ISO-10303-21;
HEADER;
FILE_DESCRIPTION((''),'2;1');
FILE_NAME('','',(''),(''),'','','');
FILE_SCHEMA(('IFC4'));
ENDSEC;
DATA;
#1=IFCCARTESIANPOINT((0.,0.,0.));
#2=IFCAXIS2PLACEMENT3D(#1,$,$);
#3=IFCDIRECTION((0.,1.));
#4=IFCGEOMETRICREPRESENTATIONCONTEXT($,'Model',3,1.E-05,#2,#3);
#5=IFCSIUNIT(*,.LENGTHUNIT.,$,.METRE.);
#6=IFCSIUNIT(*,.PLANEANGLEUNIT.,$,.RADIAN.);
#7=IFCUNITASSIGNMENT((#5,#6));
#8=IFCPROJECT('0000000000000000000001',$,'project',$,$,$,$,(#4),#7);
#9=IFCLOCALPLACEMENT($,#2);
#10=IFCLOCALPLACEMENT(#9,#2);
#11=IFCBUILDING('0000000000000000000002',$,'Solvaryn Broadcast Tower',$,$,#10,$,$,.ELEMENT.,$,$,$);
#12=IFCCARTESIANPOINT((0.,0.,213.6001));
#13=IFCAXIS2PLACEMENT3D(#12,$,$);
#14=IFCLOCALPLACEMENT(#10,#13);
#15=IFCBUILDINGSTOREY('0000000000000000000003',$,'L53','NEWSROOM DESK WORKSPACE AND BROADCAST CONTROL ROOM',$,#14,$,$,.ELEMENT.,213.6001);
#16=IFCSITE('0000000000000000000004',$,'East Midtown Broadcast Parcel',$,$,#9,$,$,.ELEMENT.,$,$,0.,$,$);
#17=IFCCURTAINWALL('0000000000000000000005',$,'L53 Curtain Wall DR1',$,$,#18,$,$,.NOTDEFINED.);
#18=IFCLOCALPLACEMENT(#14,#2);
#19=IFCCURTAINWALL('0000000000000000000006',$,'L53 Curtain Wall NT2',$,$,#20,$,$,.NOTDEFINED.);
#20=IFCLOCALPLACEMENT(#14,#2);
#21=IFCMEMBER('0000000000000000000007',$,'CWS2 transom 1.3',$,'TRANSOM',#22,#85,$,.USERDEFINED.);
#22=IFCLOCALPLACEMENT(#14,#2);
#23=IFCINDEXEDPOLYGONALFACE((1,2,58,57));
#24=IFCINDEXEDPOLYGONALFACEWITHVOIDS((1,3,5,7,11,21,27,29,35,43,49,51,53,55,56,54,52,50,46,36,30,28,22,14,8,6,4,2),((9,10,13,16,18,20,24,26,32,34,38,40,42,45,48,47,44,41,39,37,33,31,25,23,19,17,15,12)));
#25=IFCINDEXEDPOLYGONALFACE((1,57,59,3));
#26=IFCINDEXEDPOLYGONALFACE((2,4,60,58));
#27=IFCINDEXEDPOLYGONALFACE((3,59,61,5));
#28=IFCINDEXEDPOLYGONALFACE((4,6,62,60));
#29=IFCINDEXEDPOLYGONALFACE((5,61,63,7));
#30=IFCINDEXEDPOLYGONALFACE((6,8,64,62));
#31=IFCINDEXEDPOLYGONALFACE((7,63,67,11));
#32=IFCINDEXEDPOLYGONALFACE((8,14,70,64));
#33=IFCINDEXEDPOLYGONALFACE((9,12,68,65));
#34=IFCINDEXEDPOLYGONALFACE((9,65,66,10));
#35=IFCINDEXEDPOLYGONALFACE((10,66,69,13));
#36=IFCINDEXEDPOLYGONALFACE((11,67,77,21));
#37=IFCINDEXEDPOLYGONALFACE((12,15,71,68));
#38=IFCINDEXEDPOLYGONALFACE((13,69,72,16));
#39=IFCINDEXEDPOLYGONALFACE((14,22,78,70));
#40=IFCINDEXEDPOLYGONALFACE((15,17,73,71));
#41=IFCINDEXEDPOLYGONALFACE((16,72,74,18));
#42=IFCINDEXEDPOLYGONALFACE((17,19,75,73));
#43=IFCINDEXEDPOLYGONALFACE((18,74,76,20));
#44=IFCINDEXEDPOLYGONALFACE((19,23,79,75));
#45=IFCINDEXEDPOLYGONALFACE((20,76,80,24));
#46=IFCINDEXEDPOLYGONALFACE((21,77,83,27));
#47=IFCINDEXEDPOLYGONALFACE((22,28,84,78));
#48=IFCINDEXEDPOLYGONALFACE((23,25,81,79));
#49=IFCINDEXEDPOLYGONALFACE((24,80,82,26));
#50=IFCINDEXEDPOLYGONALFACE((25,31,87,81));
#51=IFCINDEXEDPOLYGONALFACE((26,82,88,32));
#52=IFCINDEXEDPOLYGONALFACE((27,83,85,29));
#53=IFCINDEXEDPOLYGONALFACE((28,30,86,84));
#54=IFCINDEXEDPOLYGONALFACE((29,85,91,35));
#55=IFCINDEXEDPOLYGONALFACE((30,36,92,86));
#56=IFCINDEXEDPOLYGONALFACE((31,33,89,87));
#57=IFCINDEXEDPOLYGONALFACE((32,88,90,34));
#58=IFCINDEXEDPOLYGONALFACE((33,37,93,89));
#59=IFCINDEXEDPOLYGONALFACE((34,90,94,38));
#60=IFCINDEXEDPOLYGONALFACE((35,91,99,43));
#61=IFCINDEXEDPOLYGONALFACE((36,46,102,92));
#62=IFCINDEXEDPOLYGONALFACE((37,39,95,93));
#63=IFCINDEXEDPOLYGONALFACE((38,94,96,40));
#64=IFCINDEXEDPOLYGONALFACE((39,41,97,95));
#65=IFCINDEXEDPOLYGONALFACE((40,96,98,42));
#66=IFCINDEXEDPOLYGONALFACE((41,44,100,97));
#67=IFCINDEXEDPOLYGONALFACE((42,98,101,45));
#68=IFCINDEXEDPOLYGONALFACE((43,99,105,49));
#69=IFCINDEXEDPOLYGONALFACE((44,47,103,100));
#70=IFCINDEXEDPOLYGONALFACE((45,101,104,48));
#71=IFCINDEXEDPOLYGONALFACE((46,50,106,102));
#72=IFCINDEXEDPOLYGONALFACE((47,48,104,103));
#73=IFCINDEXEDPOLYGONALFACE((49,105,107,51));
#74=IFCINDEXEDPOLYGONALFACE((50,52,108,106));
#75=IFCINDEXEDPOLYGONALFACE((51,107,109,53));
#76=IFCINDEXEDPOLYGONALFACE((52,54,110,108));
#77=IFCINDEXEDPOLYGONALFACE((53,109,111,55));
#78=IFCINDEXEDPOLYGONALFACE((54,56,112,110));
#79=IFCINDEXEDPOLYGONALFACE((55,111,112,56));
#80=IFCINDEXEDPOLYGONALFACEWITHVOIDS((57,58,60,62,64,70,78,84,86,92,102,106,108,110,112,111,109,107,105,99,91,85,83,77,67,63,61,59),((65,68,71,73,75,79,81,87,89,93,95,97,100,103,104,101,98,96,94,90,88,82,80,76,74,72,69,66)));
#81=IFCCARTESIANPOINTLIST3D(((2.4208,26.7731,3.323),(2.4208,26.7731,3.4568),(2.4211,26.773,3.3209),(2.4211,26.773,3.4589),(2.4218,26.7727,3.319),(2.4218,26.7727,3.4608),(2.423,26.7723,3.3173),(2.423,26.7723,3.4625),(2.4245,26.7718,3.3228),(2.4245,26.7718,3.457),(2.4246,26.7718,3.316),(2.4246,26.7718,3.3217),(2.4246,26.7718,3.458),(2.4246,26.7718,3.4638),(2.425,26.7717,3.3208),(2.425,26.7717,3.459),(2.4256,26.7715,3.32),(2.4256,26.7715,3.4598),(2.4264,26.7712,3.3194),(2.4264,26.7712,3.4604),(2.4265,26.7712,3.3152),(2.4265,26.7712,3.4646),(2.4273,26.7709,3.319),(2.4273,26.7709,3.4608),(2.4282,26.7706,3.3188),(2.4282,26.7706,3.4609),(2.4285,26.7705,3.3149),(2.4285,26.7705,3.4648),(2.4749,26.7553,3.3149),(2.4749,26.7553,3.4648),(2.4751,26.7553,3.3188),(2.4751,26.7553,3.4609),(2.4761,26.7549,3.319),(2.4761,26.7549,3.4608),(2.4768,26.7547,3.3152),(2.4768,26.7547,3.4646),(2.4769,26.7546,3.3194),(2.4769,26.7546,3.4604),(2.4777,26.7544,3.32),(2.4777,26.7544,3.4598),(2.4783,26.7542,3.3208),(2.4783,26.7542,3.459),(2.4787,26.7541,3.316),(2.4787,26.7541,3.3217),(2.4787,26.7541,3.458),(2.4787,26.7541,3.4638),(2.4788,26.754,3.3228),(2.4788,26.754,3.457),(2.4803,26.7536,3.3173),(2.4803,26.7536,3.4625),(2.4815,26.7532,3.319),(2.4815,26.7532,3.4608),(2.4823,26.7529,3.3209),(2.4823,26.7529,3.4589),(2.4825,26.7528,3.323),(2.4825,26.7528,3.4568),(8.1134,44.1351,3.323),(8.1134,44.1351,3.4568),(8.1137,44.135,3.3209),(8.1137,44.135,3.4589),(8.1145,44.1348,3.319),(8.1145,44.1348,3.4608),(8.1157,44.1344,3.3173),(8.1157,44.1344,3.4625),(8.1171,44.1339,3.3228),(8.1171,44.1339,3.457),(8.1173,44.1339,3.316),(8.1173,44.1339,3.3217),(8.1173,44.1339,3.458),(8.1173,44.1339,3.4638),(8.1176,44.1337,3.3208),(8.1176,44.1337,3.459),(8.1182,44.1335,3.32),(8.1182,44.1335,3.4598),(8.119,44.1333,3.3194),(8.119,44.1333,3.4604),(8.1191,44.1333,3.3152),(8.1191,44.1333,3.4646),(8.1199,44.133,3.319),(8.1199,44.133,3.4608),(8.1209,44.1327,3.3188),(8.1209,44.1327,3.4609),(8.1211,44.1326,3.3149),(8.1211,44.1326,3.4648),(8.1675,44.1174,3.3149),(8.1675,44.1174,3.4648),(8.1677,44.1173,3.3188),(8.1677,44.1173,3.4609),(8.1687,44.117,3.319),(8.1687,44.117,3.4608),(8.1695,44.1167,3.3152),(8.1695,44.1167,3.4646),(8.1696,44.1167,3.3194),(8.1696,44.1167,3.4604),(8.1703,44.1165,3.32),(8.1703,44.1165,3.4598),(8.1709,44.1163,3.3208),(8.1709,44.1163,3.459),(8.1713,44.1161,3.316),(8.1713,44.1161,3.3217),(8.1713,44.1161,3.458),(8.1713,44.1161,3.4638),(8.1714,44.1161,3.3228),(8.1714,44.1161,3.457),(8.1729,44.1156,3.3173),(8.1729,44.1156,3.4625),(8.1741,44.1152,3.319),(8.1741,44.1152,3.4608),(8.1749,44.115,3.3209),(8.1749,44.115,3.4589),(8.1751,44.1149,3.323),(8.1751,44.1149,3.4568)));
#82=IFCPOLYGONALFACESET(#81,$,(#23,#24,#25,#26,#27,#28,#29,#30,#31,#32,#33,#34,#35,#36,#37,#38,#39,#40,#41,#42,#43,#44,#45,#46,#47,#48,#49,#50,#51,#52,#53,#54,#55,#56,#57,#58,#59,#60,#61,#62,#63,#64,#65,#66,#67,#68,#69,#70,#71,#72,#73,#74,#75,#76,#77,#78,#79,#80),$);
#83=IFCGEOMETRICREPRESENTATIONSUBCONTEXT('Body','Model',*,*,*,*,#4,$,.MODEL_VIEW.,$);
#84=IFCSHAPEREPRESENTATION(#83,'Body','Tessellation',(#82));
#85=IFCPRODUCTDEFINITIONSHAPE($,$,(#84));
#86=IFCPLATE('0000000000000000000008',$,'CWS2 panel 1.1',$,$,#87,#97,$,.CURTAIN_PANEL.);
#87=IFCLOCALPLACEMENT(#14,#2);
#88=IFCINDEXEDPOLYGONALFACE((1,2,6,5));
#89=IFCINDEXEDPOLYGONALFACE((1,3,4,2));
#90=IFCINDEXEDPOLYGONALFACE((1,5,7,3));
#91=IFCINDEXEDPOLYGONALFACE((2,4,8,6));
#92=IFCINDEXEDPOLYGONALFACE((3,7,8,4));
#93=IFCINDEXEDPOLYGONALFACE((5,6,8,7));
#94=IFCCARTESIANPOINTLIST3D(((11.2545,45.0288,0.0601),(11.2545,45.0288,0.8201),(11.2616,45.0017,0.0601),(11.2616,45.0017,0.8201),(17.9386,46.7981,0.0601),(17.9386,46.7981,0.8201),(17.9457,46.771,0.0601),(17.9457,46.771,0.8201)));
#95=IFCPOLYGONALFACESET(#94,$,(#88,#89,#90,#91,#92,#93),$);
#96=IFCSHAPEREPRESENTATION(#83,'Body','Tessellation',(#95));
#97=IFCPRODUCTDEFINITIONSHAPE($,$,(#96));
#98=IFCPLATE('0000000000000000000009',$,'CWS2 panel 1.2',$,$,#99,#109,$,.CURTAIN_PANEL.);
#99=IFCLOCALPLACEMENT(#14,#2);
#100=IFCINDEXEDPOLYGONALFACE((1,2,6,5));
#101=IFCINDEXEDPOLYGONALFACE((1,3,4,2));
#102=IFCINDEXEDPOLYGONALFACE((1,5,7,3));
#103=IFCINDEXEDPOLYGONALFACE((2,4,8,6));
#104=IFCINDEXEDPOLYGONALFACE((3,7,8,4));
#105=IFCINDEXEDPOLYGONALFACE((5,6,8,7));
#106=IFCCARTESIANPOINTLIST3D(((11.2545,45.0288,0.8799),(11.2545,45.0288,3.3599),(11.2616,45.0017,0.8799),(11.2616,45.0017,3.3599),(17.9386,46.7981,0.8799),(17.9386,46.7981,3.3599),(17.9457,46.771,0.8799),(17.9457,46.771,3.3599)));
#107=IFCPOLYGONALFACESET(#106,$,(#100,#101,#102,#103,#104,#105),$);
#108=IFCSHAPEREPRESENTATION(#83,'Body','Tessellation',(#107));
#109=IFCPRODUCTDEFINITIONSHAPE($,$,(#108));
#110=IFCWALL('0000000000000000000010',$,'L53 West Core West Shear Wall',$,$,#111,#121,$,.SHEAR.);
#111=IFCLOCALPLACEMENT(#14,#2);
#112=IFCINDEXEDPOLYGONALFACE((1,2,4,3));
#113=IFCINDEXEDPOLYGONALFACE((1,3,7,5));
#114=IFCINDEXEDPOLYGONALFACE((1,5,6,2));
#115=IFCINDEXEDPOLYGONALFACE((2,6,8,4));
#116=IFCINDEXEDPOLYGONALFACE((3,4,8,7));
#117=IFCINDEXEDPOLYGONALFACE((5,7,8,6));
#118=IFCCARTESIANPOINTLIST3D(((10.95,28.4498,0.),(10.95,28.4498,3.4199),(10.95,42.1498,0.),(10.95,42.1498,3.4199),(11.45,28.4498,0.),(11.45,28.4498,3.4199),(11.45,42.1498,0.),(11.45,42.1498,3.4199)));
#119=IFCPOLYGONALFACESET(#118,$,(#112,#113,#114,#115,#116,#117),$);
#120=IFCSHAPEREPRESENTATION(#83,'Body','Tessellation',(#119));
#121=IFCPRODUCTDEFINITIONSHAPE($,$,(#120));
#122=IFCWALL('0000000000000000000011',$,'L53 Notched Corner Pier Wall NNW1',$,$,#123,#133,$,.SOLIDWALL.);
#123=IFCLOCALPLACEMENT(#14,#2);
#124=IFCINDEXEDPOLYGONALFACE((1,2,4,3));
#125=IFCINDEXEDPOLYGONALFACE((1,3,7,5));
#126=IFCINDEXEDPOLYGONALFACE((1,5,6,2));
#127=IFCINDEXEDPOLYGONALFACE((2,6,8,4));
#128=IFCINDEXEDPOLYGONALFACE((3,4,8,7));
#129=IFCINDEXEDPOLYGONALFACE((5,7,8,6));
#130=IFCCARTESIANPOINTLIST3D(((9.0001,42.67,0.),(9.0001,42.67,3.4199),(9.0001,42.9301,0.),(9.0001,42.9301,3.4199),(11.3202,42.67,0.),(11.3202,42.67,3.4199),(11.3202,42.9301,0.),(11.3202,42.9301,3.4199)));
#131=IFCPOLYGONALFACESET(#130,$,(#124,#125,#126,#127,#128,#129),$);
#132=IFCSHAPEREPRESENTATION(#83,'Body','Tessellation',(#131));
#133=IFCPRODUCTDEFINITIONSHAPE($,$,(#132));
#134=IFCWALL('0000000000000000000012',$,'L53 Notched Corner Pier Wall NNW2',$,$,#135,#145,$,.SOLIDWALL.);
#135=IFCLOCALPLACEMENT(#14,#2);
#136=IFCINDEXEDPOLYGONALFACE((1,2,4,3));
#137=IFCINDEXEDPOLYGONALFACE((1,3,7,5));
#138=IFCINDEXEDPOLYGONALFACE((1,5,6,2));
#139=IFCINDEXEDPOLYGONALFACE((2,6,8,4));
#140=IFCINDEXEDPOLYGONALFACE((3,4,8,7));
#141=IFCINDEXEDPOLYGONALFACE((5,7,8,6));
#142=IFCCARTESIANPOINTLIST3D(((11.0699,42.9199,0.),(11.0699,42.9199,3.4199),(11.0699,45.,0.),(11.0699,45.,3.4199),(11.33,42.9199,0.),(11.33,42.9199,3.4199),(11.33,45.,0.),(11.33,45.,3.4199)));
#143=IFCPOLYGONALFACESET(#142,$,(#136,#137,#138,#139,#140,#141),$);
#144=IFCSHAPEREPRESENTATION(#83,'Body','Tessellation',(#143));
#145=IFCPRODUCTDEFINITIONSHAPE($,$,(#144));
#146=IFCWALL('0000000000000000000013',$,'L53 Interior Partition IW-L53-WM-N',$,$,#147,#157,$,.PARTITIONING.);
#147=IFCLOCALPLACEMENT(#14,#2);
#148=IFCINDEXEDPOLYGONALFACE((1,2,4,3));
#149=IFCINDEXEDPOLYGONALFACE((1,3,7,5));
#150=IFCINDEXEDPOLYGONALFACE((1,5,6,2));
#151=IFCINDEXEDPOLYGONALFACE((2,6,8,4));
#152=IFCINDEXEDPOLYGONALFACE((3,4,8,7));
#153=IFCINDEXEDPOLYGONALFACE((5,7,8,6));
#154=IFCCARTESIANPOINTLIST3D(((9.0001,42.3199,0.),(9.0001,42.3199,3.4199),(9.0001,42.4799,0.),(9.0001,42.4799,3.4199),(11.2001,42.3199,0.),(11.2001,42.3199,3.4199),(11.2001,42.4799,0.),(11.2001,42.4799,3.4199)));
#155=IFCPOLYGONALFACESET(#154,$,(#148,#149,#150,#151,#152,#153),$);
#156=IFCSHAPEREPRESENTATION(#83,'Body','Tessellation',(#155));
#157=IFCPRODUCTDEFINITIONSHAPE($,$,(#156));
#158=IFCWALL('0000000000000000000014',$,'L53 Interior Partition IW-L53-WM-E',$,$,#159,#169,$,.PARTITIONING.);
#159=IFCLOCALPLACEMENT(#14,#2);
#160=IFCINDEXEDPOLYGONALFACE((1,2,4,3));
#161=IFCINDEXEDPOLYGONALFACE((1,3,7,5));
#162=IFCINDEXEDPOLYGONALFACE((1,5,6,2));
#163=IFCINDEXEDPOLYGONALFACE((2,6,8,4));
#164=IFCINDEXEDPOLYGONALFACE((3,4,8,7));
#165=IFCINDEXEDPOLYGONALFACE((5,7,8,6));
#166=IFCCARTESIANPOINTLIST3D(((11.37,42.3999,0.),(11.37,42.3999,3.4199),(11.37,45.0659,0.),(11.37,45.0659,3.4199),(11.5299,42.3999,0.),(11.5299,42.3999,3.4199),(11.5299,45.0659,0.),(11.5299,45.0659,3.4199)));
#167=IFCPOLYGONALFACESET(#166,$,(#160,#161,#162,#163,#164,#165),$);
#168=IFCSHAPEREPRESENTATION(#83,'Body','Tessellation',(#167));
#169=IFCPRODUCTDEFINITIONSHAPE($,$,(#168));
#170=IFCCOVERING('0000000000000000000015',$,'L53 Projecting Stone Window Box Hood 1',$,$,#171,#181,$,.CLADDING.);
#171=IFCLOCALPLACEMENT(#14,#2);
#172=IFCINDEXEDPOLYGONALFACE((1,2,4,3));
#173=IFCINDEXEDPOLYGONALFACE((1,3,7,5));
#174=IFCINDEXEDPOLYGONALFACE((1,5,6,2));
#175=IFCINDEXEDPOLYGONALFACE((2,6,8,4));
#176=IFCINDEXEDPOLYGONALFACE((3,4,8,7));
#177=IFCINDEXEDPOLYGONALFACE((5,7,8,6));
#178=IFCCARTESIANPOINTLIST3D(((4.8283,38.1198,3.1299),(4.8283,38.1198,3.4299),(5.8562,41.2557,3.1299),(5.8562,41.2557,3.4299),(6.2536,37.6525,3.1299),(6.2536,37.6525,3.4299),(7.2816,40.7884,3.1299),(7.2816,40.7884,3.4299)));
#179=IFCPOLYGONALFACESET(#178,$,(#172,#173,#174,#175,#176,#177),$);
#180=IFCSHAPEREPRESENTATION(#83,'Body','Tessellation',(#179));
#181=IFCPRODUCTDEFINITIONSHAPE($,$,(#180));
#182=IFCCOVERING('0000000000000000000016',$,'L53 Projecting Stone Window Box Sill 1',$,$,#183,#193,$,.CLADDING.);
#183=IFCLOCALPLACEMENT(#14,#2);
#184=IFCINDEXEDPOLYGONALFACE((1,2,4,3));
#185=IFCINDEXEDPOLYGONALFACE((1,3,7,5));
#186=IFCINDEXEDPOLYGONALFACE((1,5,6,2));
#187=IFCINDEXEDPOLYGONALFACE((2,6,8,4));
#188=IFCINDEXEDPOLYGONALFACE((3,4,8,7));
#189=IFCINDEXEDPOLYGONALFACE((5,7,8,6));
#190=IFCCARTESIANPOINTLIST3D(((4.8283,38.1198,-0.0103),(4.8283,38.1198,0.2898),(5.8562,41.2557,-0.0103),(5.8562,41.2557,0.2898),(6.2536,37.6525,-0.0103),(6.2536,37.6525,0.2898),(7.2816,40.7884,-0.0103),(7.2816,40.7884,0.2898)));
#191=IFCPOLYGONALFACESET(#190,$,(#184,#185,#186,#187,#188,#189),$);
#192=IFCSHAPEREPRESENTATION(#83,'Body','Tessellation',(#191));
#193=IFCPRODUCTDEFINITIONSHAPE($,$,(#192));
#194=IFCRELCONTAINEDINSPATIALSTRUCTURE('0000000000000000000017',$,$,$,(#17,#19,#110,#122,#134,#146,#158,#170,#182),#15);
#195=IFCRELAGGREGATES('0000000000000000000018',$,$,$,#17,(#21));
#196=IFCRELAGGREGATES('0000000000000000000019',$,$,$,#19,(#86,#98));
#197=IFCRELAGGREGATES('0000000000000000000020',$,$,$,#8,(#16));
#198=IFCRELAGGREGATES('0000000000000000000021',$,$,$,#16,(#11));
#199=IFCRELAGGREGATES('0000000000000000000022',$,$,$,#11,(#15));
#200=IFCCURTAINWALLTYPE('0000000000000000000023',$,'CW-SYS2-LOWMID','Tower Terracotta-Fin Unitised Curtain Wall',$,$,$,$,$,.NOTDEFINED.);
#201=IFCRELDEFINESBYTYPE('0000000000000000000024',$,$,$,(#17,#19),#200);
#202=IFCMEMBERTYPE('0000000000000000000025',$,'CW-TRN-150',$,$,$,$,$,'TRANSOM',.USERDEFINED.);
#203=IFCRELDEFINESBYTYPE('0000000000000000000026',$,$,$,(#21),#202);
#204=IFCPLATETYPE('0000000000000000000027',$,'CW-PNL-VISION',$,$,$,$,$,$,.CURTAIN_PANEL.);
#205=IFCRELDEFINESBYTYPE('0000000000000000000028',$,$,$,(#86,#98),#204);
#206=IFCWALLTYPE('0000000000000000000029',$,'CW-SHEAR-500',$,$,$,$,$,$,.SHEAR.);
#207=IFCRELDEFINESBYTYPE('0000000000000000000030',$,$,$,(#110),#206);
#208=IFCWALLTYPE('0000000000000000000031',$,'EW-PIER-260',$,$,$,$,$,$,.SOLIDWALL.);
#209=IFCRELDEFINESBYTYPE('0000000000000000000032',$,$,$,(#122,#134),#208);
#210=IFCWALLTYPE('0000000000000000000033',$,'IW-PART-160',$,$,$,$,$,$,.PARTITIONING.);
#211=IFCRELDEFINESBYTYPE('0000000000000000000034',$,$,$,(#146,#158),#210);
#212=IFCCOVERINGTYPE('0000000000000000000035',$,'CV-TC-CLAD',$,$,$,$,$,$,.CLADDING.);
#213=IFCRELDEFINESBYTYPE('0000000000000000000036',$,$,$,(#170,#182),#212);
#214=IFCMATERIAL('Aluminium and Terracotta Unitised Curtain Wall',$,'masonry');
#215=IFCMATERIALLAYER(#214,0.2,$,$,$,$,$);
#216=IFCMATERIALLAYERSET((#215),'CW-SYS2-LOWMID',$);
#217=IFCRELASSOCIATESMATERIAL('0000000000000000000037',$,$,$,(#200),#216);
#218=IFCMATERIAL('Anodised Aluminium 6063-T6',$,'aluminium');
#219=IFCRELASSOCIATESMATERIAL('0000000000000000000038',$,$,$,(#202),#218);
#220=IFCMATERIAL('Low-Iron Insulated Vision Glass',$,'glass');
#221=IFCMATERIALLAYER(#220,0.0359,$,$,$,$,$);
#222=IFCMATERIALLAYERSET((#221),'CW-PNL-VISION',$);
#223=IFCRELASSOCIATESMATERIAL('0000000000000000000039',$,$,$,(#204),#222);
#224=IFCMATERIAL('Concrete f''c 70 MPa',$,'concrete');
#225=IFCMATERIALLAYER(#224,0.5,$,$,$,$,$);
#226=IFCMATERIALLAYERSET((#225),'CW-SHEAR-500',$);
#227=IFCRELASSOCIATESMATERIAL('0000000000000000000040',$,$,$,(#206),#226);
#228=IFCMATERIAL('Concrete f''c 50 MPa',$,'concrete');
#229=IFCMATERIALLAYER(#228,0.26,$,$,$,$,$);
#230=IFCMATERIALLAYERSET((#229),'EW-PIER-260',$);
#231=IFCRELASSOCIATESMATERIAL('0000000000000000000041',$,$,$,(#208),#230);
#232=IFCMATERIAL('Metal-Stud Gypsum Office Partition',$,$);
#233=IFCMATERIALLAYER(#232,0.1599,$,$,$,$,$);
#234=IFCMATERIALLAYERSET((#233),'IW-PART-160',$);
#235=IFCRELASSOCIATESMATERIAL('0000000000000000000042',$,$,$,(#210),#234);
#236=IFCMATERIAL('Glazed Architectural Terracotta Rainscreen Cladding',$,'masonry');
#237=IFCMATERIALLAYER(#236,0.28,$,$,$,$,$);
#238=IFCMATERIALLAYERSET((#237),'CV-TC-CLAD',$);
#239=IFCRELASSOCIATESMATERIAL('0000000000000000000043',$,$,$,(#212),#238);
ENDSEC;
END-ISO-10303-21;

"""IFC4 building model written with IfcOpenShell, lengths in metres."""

from ifc_helpers import new_model, si_unit, direction, frame, frame_2d, origin, origin_2d, place, context, subcontext, project, spatial, rectangle, hollow_rectangle, extrude, material, layer, layer_set, material_profile, profile_set, type_object, element, aggregate, save


model = new_model("IFC4")

# Units and contexts
model_context = context("Model", 3, precision=1e-05, world=origin(), true_north=direction((0.0, 1.0)))
body_context = subcontext(model_context, "Body", "Model", "MODEL_VIEW")
ifc_project = project(units=[si_unit("LENGTHUNIT", "METRE"), si_unit("PLANEANGLEUNIT", "RADIAN")], contexts=[model_context])

# Site, building, storey
site_placement = place(None, origin())
site = spatial("IfcSite", under=ifc_project, at=site_placement, Name="East Midtown Broadcast Parcel", CompositionType="ELEMENT", RefElevation=0.0)
building_placement = place(site_placement, origin())
building = spatial("IfcBuilding", under=site, at=building_placement, Name="Solvaryn Broadcast Tower", CompositionType="ELEMENT")
storey_placement = place(building_placement, frame((0.0, 0.0, 213.6001)))
storey = spatial("IfcBuildingStorey", under=building, at=storey_placement, Name="L53", Description="NEWSROOM DESK WORKSPACE AND BROADCAST CONTROL ROOM", CompositionType="ELEMENT", Elevation=213.6001)

# Curtain walls
ifc_material_1 = material(Name="Aluminium and Terracotta Unitised Curtain Wall", Category="masonry")
ifc_layer_1 = layer(ifc_material_1, 0.2)
ifc_layer_set_1 = layer_set([ifc_layer_1], Name="CW-SYS2-LOWMID")
curtain_wall_type = type_object("IfcCurtainWallType", Name="CW-SYS2-LOWMID", Description="Tower Terracotta-Fin Unitised Curtain Wall", PredefinedType="NOTDEFINED", material=ifc_layer_set_1)
curtain_wall_1_placement = place(storey_placement, origin())
curtain_wall_1 = element("IfcCurtainWall", 1, at=curtain_wall_1_placement, inside=storey, type_object=curtain_wall_type, Name="L53 Curtain Wall DR1", PredefinedType="NOTDEFINED")
curtain_wall_2_placement = place(storey_placement, origin())
curtain_wall_2 = element("IfcCurtainWall", 2, at=curtain_wall_2_placement, inside=storey, type_object=curtain_wall_type, Name="L53 Curtain Wall NT2", PredefinedType="NOTDEFINED")

# Member
ifc_material_2 = material(Name="Anodised Aluminium 6063-T6", Category="aluminium")
ifc_material_profile_1 = material_profile(ifc_material_2, hollow_rectangle(XDim=0.0649, YDim=0.1499, WallThickness=0.0039, InnerFilletRadius=0.0039, OuterFilletRadius=0.0081, at=origin_2d()))
ifc_profile_set_1 = profile_set([ifc_material_profile_1], Name="Anodised Aluminium 6063-T6")
member_type_1 = type_object("IfcMemberType", Name="CW-TRN-150", ElementType="TRANSOM", PredefinedType="USERDEFINED", material=ifc_profile_set_1)
member_1_placement = place(storey_placement, frame((8.1443, 44.125, 3.3899), z_axis=(-0.311558, -0.950227, 0.0), x_axis=(0.950227, -0.311558, 0.0)))
member_1 = element("IfcMember", 3, at=member_1_placement, type_object=member_type_1, Name="CWS2 transom 1.3", ObjectType="TRANSOM", PredefinedType="USERDEFINED", context=body_context, shape_type="SweptSolid", body=[
    extrude(hollow_rectangle(XDim=0.0649, YDim=0.1499, WallThickness=0.0039, InnerFilletRadius=0.0039, OuterFilletRadius=0.0081, at=origin_2d()), origin(), (0.0, 0.0, 1.0), 18.2715),
])
aggregate(curtain_wall_1, [member_1])

# Plates
ifc_material_3 = material(Name="Low-Iron Insulated Vision Glass", Category="glass")
ifc_layer_2 = layer(ifc_material_3, 0.0359)
ifc_layer_set_2 = layer_set([ifc_layer_2], Name="CW-PNL-VISION")
plate_type = type_object("IfcPlateType", Name="CW-PNL-VISION", PredefinedType="CURTAIN_PANEL", material=ifc_layer_set_2)
plate_1_placement = place(storey_placement, frame((14.6001, 45.8999, 0.0601), z_axis=(0.0, 0.0, 1.0), x_axis=(-0.966705, -0.255893, 0.0)))
plate_1 = element("IfcPlate", 4, at=plate_1_placement, type_object=plate_type, Name="CWS2 panel 1.1", PredefinedType="CURTAIN_PANEL", context=body_context, shape_type="SweptSolid", body=[
    extrude(rectangle(XDim=6.9143, YDim=0.0281, at=origin_2d()), origin(), (0.0, 0.0, 1.0), 0.76),
])
plate_2_placement = place(storey_placement, frame((14.6001, 45.8999, 0.8799), z_axis=(0.0, 0.0, 1.0), x_axis=(-0.966705, -0.255893, 0.0)))
plate_2 = element("IfcPlate", 5, at=plate_2_placement, type_object=plate_type, Name="CWS2 panel 1.2", PredefinedType="CURTAIN_PANEL", context=body_context, shape_type="SweptSolid", body=[
    extrude(rectangle(XDim=6.9143, YDim=0.0281, at=origin_2d()), origin(), (0.0, 0.0, 1.0), 2.48),
])
aggregate(curtain_wall_2, [plate_1, plate_2])

# Walls
ifc_material_4 = material(Name="Concrete f'c 70 MPa", Category="concrete")
ifc_layer_3 = layer(ifc_material_4, 0.5)
ifc_layer_set_3 = layer_set([ifc_layer_3], Name="CW-SHEAR-500")
wall_type_1 = type_object("IfcWallType", Name="CW-SHEAR-500", PredefinedType="SHEAR", material=ifc_layer_set_3)
wall_1_placement = place(storey_placement, frame((11.2, 42.1499, 0.0), z_axis=(0.0, 0.0, 1.0), x_axis=(0.0, -1.0, 0.0)))
element("IfcWall", 6, at=wall_1_placement, inside=storey, type_object=wall_type_1, Name="L53 West Core West Shear Wall", PredefinedType="SHEAR", context=body_context, shape_type="SweptSolid", body=[
    extrude(rectangle(XDim=13.7, YDim=0.5, at=frame_2d((6.8501, 0.0))), origin(), (0.0, 0.0, 1.0), 3.4199),
])
ifc_material_5 = material(Name="Concrete f'c 50 MPa", Category="concrete")
ifc_layer_4 = layer(ifc_material_5, 0.26)
ifc_layer_set_4 = layer_set([ifc_layer_4], Name="EW-PIER-260")
wall_type_2 = type_object("IfcWallType", Name="EW-PIER-260", PredefinedType="SOLIDWALL", material=ifc_layer_set_4)
wall_2_placement = place(storey_placement, frame((9.0, 42.8, 0.0), z_axis=(0.0, 0.0, 1.0), x_axis=(1.0, 0.0, 0.0)))
element("IfcWall", 7, at=wall_2_placement, inside=storey, type_object=wall_type_2, Name="L53 Notched Corner Pier Wall NNW1", PredefinedType="SOLIDWALL", context=body_context, shape_type="SweptSolid", body=[
    extrude(rectangle(XDim=2.3201, YDim=0.26, at=frame_2d((1.1602, 0.0))), origin(), (0.0, 0.0, 1.0), 3.4199),
])
wall_3_placement = place(storey_placement, frame((11.2, 42.9199, 0.0), z_axis=(0.0, 0.0, 1.0), x_axis=(0.0, 1.0, 0.0)))
element("IfcWall", 8, at=wall_3_placement, inside=storey, type_object=wall_type_2, Name="L53 Notched Corner Pier Wall NNW2", PredefinedType="SOLIDWALL", context=body_context, shape_type="SweptSolid", body=[
    extrude(rectangle(XDim=2.0801, YDim=0.26, at=frame_2d((1.04, 0.0))), origin(), (0.0, 0.0, 1.0), 3.4199),
])
ifc_material_6 = material(Name="Metal-Stud Gypsum Office Partition")
ifc_layer_5 = layer(ifc_material_6, 0.1599)
ifc_layer_set_5 = layer_set([ifc_layer_5], Name="IW-PART-160")
wall_type_3 = type_object("IfcWallType", Name="IW-PART-160", PredefinedType="PARTITIONING", material=ifc_layer_set_5)
wall_4_placement = place(storey_placement, frame((9.0, 42.3999, 0.0), z_axis=(0.0, 0.0, 1.0), x_axis=(1.0, 0.0, 0.0)))
element("IfcWall", 9, at=wall_4_placement, inside=storey, type_object=wall_type_3, Name="L53 Interior Partition IW-L53-WM-N", PredefinedType="PARTITIONING", context=body_context, shape_type="SweptSolid", body=[
    extrude(rectangle(XDim=2.2, YDim=0.1599, at=frame_2d((1.1001, 0.0))), origin(), (0.0, 0.0, 1.0), 3.4199),
])
wall_5_placement = place(storey_placement, frame((11.45, 42.3999, 0.0), z_axis=(0.0, 0.0, 1.0), x_axis=(0.0, 1.0, 0.0)))
element("IfcWall", 10, at=wall_5_placement, inside=storey, type_object=wall_type_3, Name="L53 Interior Partition IW-L53-WM-E", PredefinedType="PARTITIONING", context=body_context, shape_type="SweptSolid", body=[
    extrude(rectangle(XDim=2.666, YDim=0.1599, at=frame_2d((1.333, 0.0))), origin(), (0.0, 0.0, 1.0), 3.4199),
])

# Coverings
ifc_material_7 = material(Name="Glazed Architectural Terracotta Rainscreen Cladding", Category="masonry")
ifc_layer_6 = layer(ifc_material_7, 0.28)
ifc_layer_set_6 = layer_set([ifc_layer_6], Name="CV-TC-CLAD")
covering_type_1 = type_object("IfcCoveringType", Name="CV-TC-CLAD", PredefinedType="CLADDING", material=ifc_layer_set_6)
for number, where, z_axis, x_axis, name in (
    (11, (6.0549, 39.4541, 3.1299), (0.0, 0.0, 1.0), (-0.311506, -0.950244, 0.0), "L53 Projecting Stone Window Box Hood 1"),
    (12, (6.0549, 39.4541, -0.0103), (0.0, 0.0, 1.0), (-0.311506, -0.950244, 0.0), "L53 Projecting Stone Window Box Sill 1"),
):
    element("IfcCovering", number, at=place(storey_placement, frame(where, z_axis=z_axis, x_axis=x_axis)), inside=storey, type_object=covering_type_1, Name=name, PredefinedType="CLADDING", context=body_context, shape_type="SweptSolid", body=[
        extrude(rectangle(XDim=3.3, YDim=1.5, at=origin_2d()), origin(), (0.0, 0.0, 1.0), 0.3),
    ])

save(model, "model.ifc")
